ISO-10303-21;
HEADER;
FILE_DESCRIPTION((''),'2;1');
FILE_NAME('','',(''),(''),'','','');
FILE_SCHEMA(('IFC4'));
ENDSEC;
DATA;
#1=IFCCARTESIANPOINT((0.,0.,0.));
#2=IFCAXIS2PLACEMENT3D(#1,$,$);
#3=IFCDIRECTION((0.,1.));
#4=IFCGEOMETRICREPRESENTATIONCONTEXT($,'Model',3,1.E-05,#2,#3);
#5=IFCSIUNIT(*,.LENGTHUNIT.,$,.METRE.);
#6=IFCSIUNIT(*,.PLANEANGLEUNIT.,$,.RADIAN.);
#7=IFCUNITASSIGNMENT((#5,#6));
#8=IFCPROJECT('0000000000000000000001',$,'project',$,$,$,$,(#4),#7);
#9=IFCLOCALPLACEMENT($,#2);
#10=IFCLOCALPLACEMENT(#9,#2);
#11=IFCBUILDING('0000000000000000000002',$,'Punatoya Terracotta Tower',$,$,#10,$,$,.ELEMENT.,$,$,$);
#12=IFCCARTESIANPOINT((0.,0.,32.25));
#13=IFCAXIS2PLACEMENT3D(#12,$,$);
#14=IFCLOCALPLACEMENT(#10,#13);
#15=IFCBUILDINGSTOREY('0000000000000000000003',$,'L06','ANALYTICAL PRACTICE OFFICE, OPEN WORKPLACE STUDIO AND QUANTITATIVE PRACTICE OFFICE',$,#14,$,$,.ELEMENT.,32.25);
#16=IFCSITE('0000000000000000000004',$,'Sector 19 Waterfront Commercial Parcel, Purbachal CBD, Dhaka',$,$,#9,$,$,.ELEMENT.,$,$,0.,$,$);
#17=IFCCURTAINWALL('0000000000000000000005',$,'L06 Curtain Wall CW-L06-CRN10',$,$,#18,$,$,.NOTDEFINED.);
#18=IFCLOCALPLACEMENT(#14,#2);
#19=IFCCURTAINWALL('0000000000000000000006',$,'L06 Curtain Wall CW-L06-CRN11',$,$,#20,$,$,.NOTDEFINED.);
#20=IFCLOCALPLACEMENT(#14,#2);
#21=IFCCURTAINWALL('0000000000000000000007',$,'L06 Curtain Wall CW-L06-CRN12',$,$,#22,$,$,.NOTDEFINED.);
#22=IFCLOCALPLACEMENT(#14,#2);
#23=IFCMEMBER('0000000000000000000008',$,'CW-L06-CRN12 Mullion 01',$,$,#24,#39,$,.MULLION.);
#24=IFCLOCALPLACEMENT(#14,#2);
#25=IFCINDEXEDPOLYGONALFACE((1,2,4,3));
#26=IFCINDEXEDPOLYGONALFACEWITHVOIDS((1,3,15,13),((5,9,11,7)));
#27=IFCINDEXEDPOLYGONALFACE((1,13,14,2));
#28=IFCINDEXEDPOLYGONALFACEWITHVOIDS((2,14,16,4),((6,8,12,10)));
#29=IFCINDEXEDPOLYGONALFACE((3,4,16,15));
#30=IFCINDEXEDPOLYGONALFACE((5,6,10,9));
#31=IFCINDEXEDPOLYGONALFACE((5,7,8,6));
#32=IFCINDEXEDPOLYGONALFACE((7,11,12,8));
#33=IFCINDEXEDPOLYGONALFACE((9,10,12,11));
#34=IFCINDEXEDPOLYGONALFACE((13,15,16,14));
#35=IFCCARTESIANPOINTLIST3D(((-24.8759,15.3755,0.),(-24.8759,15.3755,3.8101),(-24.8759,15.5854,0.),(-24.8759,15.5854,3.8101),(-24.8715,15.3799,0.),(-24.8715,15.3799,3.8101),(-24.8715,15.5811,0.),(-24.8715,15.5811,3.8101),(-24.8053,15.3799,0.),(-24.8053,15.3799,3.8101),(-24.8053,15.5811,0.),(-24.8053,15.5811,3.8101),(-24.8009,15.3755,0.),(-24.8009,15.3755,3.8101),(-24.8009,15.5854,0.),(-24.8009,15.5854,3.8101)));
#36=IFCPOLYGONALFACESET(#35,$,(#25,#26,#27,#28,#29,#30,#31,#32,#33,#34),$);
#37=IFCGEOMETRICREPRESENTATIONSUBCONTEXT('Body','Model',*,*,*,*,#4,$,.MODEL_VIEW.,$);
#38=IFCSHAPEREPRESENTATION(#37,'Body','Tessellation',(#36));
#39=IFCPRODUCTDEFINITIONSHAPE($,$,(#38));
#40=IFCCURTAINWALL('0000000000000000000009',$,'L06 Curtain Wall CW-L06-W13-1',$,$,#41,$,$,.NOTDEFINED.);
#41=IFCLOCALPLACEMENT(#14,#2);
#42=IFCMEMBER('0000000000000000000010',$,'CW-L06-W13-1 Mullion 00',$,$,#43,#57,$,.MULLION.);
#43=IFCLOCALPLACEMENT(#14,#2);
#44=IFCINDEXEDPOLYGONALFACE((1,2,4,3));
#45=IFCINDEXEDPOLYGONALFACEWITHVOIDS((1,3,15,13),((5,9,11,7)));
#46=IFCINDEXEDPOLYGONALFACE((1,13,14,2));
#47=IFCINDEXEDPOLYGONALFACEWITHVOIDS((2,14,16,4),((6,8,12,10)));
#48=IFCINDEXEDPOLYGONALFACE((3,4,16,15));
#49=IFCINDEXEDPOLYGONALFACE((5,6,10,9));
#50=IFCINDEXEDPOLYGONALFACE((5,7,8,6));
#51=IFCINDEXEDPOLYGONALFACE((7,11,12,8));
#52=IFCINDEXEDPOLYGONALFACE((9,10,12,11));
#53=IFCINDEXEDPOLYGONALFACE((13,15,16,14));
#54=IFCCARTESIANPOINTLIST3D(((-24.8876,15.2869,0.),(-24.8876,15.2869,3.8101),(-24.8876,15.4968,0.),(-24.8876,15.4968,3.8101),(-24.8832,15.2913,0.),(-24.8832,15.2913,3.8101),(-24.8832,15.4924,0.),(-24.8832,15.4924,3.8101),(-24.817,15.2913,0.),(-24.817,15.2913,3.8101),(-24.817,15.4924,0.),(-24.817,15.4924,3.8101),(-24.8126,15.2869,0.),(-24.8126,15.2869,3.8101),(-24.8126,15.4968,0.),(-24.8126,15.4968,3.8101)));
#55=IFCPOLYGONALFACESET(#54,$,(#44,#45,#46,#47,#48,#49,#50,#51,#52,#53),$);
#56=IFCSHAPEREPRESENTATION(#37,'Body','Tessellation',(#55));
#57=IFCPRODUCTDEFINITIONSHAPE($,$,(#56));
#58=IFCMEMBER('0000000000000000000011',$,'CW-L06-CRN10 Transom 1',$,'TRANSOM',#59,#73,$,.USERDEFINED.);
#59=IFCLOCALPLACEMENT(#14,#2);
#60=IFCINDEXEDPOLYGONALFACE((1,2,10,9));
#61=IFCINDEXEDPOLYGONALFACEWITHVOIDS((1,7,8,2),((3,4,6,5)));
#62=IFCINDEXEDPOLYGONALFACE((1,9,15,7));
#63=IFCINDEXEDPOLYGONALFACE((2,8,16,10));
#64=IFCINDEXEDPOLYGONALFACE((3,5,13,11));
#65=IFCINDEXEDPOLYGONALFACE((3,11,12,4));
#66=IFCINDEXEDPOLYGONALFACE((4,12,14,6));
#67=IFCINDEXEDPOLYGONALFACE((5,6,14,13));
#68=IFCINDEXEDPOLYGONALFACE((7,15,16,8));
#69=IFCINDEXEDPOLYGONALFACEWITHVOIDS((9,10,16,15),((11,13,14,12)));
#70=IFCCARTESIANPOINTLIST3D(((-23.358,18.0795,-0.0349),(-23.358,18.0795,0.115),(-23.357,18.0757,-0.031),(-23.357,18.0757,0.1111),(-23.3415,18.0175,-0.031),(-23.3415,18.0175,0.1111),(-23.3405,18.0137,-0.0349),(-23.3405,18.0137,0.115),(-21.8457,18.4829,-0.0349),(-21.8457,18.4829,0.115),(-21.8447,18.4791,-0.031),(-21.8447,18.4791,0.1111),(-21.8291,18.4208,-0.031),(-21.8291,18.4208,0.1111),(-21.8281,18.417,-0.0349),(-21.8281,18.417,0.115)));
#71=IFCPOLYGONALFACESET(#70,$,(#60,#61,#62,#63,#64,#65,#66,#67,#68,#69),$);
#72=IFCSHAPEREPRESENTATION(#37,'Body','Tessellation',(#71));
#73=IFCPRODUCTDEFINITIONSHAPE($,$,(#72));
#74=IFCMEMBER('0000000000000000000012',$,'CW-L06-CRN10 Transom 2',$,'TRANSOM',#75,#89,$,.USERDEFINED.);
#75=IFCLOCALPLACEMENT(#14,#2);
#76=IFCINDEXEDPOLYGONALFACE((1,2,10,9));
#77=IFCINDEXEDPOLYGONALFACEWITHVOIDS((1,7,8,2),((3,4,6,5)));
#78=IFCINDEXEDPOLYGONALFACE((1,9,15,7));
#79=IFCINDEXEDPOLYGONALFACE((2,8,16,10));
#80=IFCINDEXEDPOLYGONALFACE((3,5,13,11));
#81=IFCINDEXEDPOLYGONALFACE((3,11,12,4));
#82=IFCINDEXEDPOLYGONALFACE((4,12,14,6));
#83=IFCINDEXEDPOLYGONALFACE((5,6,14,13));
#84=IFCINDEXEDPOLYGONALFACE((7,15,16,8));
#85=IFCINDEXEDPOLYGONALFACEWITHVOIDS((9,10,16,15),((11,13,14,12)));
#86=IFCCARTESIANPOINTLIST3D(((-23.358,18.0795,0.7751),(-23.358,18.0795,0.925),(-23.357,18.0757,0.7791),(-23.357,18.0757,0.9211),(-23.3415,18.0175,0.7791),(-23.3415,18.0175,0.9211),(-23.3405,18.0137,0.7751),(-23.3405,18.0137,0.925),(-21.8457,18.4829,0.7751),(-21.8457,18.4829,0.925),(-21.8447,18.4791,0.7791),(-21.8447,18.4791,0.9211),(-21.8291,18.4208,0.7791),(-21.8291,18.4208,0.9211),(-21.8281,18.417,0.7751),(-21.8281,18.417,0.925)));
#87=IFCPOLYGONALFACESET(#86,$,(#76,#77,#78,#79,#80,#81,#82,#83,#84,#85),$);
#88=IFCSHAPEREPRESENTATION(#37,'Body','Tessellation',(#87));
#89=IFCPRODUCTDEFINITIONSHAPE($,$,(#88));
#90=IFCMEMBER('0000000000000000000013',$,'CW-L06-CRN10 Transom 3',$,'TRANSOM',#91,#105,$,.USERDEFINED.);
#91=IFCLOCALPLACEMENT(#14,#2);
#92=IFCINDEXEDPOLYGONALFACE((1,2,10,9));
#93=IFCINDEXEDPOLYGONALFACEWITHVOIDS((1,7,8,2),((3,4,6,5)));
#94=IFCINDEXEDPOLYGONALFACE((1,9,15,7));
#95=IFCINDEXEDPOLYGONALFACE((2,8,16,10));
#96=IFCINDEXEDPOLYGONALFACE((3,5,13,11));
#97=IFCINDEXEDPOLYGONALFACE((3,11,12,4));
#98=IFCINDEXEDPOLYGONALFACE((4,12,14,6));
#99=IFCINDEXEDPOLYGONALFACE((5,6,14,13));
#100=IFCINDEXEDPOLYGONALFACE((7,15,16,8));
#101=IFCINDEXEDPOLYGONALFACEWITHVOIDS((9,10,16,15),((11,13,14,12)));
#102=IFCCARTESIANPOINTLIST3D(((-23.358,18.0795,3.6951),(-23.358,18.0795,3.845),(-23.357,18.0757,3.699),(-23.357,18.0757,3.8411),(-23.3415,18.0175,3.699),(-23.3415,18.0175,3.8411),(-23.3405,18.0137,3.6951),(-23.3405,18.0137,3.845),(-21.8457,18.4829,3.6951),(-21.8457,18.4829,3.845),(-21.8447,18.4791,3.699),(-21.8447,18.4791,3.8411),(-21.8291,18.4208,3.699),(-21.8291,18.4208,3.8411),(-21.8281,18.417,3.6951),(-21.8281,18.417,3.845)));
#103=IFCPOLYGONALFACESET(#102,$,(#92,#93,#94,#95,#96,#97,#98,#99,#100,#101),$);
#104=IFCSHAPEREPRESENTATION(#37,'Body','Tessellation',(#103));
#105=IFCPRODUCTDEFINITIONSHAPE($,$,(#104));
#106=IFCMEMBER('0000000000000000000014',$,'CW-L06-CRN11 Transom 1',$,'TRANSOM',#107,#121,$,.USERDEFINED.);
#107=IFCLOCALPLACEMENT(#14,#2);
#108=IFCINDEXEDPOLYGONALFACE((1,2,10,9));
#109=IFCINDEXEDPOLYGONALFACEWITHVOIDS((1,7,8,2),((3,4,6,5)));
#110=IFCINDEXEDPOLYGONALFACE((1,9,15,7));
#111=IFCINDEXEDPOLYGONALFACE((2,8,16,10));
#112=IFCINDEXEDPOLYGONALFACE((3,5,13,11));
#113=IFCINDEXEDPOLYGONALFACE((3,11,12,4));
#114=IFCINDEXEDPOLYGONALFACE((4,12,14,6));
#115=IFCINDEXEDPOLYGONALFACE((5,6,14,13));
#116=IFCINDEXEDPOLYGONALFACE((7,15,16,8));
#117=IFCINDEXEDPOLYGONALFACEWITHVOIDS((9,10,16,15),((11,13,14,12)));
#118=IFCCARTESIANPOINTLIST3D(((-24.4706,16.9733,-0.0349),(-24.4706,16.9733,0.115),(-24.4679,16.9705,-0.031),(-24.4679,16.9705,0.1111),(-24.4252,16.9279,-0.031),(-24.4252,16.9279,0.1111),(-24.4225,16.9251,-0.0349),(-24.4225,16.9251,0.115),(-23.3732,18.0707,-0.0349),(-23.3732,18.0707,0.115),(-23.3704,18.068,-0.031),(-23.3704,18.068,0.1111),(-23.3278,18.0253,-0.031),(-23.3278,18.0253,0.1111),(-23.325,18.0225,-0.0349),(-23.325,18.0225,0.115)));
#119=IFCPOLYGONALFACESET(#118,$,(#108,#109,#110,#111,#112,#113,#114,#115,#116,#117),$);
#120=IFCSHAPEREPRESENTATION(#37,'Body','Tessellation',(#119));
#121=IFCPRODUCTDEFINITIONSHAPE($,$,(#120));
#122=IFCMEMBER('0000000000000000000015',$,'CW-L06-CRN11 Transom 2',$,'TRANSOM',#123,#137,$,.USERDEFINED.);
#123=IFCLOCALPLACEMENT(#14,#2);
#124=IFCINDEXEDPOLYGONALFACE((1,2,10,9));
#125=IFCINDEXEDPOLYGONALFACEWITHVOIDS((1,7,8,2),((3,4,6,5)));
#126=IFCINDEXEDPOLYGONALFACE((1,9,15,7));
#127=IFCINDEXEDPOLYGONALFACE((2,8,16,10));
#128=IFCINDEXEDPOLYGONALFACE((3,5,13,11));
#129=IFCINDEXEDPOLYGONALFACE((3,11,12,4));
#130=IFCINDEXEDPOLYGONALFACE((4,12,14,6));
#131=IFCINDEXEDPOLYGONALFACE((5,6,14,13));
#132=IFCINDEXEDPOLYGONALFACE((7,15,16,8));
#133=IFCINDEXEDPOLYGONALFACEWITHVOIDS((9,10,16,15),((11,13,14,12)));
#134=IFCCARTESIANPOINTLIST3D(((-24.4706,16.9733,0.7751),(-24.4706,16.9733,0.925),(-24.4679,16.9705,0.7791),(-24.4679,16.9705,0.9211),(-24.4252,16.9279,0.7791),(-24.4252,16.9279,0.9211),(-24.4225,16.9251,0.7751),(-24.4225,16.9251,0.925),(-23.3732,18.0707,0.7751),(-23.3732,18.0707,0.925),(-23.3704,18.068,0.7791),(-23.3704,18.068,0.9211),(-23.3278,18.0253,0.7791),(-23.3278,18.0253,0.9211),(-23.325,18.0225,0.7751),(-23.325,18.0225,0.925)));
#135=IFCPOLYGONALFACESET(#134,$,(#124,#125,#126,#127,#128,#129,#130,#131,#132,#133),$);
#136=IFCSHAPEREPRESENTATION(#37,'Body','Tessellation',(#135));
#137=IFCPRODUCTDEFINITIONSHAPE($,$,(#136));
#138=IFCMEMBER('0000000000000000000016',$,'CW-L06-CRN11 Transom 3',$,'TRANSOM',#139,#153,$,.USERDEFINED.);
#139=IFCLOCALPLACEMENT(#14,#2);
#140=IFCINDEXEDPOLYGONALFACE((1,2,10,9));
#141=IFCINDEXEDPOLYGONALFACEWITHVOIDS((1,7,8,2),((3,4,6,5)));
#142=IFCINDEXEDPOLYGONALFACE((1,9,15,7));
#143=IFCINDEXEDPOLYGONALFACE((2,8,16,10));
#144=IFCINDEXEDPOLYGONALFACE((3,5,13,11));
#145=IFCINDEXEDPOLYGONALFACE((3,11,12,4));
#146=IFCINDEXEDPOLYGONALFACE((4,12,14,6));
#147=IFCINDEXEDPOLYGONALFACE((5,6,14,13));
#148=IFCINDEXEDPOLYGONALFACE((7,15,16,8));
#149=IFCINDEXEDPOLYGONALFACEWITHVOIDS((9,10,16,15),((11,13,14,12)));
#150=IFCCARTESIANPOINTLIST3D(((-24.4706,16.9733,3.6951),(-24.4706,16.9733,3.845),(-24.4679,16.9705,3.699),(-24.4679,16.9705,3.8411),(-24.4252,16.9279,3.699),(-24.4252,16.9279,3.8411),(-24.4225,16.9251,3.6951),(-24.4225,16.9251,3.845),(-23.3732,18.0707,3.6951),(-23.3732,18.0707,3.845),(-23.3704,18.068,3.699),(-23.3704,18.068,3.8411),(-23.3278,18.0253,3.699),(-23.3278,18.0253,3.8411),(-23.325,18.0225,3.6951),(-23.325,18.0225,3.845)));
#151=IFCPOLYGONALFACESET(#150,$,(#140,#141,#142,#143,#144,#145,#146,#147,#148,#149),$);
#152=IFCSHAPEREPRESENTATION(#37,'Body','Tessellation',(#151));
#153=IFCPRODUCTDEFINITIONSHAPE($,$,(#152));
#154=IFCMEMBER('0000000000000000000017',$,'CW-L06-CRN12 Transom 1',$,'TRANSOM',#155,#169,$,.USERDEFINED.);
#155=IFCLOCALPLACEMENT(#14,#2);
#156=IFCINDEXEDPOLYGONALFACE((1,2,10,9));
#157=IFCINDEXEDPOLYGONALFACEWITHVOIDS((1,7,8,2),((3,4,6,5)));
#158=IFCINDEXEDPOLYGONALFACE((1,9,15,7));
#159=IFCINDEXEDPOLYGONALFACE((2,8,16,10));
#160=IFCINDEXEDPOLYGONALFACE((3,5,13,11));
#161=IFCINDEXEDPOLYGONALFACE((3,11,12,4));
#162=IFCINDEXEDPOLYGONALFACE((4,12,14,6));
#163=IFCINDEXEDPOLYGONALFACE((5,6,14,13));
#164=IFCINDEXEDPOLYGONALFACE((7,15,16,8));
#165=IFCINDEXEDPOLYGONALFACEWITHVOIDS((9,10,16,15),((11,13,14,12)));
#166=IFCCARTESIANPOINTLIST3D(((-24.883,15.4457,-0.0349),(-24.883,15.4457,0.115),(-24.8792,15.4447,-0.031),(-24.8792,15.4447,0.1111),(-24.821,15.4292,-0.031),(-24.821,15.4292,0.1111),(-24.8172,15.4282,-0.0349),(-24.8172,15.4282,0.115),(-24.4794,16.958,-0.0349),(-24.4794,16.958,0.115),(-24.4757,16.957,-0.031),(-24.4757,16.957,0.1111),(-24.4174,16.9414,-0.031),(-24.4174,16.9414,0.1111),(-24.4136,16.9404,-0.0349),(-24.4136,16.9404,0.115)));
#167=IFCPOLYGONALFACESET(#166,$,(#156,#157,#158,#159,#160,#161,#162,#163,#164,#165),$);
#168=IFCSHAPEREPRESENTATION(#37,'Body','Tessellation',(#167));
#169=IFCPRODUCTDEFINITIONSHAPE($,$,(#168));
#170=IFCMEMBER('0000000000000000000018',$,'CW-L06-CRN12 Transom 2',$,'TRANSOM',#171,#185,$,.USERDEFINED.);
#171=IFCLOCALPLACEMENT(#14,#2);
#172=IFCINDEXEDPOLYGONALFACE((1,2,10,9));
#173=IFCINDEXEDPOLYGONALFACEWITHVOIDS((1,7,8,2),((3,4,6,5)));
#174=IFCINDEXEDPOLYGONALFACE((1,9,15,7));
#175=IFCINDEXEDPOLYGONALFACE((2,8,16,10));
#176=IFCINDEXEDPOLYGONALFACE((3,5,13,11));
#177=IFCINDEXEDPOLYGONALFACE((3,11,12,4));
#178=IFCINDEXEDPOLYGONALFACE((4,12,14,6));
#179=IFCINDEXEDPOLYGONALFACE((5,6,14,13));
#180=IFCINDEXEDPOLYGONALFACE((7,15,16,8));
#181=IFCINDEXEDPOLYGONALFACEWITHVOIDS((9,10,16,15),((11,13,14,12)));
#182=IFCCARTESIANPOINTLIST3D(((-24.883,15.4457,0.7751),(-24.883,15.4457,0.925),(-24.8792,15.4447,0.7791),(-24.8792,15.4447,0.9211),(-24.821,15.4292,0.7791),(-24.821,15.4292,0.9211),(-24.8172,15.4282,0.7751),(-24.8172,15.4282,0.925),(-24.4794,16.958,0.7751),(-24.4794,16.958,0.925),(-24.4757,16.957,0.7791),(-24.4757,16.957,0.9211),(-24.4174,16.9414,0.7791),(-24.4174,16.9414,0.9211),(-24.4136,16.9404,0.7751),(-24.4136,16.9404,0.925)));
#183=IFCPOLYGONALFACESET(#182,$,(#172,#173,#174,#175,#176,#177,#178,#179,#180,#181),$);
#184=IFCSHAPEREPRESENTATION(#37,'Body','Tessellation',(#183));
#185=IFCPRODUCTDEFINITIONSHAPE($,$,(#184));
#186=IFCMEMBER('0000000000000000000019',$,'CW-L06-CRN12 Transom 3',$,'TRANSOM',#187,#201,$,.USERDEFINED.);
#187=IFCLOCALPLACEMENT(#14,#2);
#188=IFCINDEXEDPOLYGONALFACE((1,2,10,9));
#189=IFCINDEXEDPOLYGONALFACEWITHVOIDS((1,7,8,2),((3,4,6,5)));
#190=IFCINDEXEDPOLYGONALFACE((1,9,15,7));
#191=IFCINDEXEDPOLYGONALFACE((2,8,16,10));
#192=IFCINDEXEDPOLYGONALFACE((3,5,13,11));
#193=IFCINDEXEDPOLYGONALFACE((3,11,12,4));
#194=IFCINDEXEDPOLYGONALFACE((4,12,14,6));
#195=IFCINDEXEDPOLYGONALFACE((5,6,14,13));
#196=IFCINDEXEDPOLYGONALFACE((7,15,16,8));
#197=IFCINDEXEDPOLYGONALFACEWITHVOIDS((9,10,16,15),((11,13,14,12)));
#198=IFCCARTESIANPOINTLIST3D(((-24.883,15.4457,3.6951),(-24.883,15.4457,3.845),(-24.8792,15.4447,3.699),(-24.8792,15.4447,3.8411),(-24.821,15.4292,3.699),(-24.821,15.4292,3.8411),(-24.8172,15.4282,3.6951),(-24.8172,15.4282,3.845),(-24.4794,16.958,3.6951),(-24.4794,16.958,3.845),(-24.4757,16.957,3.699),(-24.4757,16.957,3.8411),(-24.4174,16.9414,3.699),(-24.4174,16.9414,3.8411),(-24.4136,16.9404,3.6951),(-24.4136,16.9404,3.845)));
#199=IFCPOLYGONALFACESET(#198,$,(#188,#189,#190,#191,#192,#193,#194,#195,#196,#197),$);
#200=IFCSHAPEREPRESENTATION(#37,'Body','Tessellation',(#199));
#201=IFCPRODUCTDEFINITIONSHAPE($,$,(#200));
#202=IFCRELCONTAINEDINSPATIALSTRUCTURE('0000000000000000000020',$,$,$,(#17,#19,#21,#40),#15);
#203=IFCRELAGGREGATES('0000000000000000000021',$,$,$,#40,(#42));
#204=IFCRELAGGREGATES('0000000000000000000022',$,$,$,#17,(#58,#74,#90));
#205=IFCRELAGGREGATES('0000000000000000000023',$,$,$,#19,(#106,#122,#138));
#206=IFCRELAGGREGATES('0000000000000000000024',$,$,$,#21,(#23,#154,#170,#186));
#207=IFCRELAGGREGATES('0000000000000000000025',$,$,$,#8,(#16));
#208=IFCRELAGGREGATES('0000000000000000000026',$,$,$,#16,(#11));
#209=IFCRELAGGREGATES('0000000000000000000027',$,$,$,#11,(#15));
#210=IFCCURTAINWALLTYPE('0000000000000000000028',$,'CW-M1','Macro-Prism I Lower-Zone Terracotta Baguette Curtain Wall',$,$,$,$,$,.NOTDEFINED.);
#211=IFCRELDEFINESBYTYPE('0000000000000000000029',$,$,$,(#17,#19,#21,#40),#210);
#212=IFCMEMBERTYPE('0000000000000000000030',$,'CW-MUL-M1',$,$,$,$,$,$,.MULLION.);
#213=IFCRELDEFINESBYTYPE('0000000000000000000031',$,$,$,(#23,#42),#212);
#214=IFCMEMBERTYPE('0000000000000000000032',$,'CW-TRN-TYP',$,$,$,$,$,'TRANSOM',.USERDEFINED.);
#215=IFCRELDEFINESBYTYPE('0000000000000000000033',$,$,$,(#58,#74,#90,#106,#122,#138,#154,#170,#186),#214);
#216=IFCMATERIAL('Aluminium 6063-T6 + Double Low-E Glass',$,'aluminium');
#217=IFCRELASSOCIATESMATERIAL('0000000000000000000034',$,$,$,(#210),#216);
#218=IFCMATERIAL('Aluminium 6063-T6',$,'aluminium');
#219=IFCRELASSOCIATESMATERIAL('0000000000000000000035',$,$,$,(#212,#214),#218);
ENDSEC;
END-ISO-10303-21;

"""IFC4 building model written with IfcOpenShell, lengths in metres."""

from ifc_helpers import new_model, si_unit, direction, frame, origin, origin_2d, place, context, subcontext, project, spatial, hollow_rectangle, extrude, material, material_profile, profile_set, type_object, element, aggregate, save


model = new_model("IFC4")

# Units and contexts
model_context = context("Model", 3, precision=1e-05, world=origin(), true_north=direction((0.0, 1.0)))
body_context = subcontext(model_context, "Body", "Model", "MODEL_VIEW")
ifc_project = project(units=[si_unit("LENGTHUNIT", "METRE"), si_unit("PLANEANGLEUNIT", "RADIAN")], contexts=[model_context])

# Site, building, storey
site_placement = place(None, origin())
site = spatial("IfcSite", under=ifc_project, at=site_placement, Name="Sector 19 Waterfront Commercial Parcel, Purbachal CBD, Dhaka", CompositionType="ELEMENT", RefElevation=0.0)
building_placement = place(site_placement, origin())
building = spatial("IfcBuilding", under=site, at=building_placement, Name="Punatoya Terracotta Tower", CompositionType="ELEMENT")
storey_placement = place(building_placement, frame((0.0, 0.0, 32.25)))
storey = spatial("IfcBuildingStorey", under=building, at=storey_placement, Name="L06", Description="ANALYTICAL PRACTICE OFFICE, OPEN WORKPLACE STUDIO AND QUANTITATIVE PRACTICE OFFICE", CompositionType="ELEMENT", Elevation=32.25)

# Curtain walls, member
ifc_material_1 = material(Name="Aluminium 6063-T6 + Double Low-E Glass", Category="aluminium")
curtain_wall_type = type_object("IfcCurtainWallType", Name="CW-M1", Description="Macro-Prism I Lower-Zone Terracotta Baguette Curtain Wall", PredefinedType="NOTDEFINED", material=ifc_material_1)
curtain_wall_1_placement = place(storey_placement, origin())
curtain_wall_1 = element("IfcCurtainWall", 1, at=curtain_wall_1_placement, inside=storey, type_object=curtain_wall_type, Name="L06 Curtain Wall CW-L06-CRN10", PredefinedType="NOTDEFINED")
ifc_material_2 = material(Name="Aluminium 6063-T6", Category="aluminium")
ifc_material_profile_1 = material_profile(ifc_material_2, hollow_rectangle(XDim=0.075, YDim=0.21, WallThickness=0.0044, at=origin_2d()))
ifc_profile_set_1 = profile_set([ifc_material_profile_1], Name="Aluminium 6063-T6")
member_type_1 = type_object("IfcMemberType", Name="CW-MUL-M1", PredefinedType="MULLION", material=ifc_profile_set_1)
curtain_wall_2_placement = place(storey_placement, origin())
curtain_wall_2 = element("IfcCurtainWall", 2, at=curtain_wall_2_placement, inside=storey, type_object=curtain_wall_type, Name="L06 Curtain Wall CW-L06-CRN11", PredefinedType="NOTDEFINED")
curtain_wall_3_placement = place(storey_placement, origin())
curtain_wall_3 = element("IfcCurtainWall", 3, at=curtain_wall_3_placement, inside=storey, type_object=curtain_wall_type, Name="L06 Curtain Wall CW-L06-CRN12", PredefinedType="NOTDEFINED")
member_1_placement = place(storey_placement, frame((-24.8384, 15.4805, 0.0), z_axis=(0.0, 0.0, 1.0), x_axis=(1.0, 0.0, 0.0)))
member_1 = element("IfcMember", 4, at=member_1_placement, type_object=member_type_1, Name="CW-L06-CRN12 Mullion 01", PredefinedType="MULLION", context=body_context, shape_type="SweptSolid", body=[
    extrude(hollow_rectangle(XDim=0.075, YDim=0.21, WallThickness=0.0044, at=origin_2d()), origin(), (0.0, 0.0, 1.0), 3.8101),
])

# Curtain wall, member
curtain_wall_4_placement = place(storey_placement, origin())
curtain_wall_4 = element("IfcCurtainWall", 5, at=curtain_wall_4_placement, inside=storey, type_object=curtain_wall_type, Name="L06 Curtain Wall CW-L06-W13-1", PredefinedType="NOTDEFINED")
member_2_placement = place(storey_placement, frame((-24.8501, 15.3918, 0.0), z_axis=(0.0, 0.0, 1.0), x_axis=(1.0, 0.0, 0.0)))
member_2 = element("IfcMember", 6, at=member_2_placement, type_object=member_type_1, Name="CW-L06-W13-1 Mullion 00", PredefinedType="MULLION", context=body_context, shape_type="SweptSolid", body=[
    extrude(hollow_rectangle(XDim=0.075, YDim=0.21, WallThickness=0.0044, at=origin_2d()), origin(), (0.0, 0.0, 1.0), 3.8101),
])

# Members
ifc_material_profile_2 = material_profile(ifc_material_2, hollow_rectangle(XDim=0.0681, YDim=0.1499, WallThickness=0.0039, at=origin_2d()))
ifc_profile_set_2 = profile_set([ifc_material_profile_2], Name="Aluminium 6063-T6")
member_type_2 = type_object("IfcMemberType", Name="CW-TRN-TYP", ElementType="TRANSOM", PredefinedType="USERDEFINED", material=ifc_profile_set_2)
member_3_placement = place(storey_placement, frame((-21.8369, 18.45, 0.04), z_axis=(-0.966225, -0.257701, 0.0), x_axis=(0.257701, -0.966225, 0.0)))
member_3 = element("IfcMember", 7, at=member_3_placement, type_object=member_type_2, Name="CW-L06-CRN10 Transom 1", ObjectType="TRANSOM", PredefinedType="USERDEFINED", context=body_context, shape_type="SweptSolid", body=[
    extrude(hollow_rectangle(XDim=0.0681, YDim=0.1499, WallThickness=0.0039, at=origin_2d()), origin(), (0.0, 0.0, 1.0), 1.5652),
])
member_4_placement = place(storey_placement, frame((-21.8369, 18.45, 0.8501), z_axis=(-0.966225, -0.257701, 0.0), x_axis=(0.257701, -0.966225, 0.0)))
member_4 = element("IfcMember", 8, at=member_4_placement, type_object=member_type_2, Name="CW-L06-CRN10 Transom 2", ObjectType="TRANSOM", PredefinedType="USERDEFINED", context=body_context, shape_type="SweptSolid", body=[
    extrude(hollow_rectangle(XDim=0.0681, YDim=0.1499, WallThickness=0.0039, at=origin_2d()), origin(), (0.0, 0.0, 1.0), 1.5652),
])
member_5_placement = place(storey_placement, frame((-21.8369, 18.45, 3.77), z_axis=(-0.966225, -0.257701, 0.0), x_axis=(0.257701, -0.966225, 0.0)))
member_5 = element("IfcMember", 9, at=member_5_placement, type_object=member_type_2, Name="CW-L06-CRN10 Transom 3", ObjectType="TRANSOM", PredefinedType="USERDEFINED", context=body_context, shape_type="SweptSolid", body=[
    extrude(hollow_rectangle(XDim=0.0681, YDim=0.1499, WallThickness=0.0039, at=origin_2d()), origin(), (0.0, 0.0, 1.0), 1.5652),
])
member_6_placement = place(storey_placement, frame((-23.3491, 18.0466, 0.04), z_axis=(-0.707107, -0.707107, 0.0), x_axis=(0.707107, -0.707107, 0.0)))
member_6 = element("IfcMember", 10, at=member_6_placement, type_object=member_type_2, Name="CW-L06-CRN11 Transom 1", ObjectType="TRANSOM", PredefinedType="USERDEFINED", context=body_context, shape_type="SweptSolid", body=[
    extrude(hollow_rectangle(XDim=0.0681, YDim=0.1499, WallThickness=0.0039, at=origin_2d()), origin(), (0.0, 0.0, 1.0), 1.552),
])
member_7_placement = place(storey_placement, frame((-23.3491, 18.0466, 0.8501), z_axis=(-0.707107, -0.707107, 0.0), x_axis=(0.707107, -0.707107, 0.0)))
member_7 = element("IfcMember", 11, at=member_7_placement, type_object=member_type_2, Name="CW-L06-CRN11 Transom 2", ObjectType="TRANSOM", PredefinedType="USERDEFINED", context=body_context, shape_type="SweptSolid", body=[
    extrude(hollow_rectangle(XDim=0.0681, YDim=0.1499, WallThickness=0.0039, at=origin_2d()), origin(), (0.0, 0.0, 1.0), 1.552),
])
member_8_placement = place(storey_placement, frame((-23.3491, 18.0466, 3.77), z_axis=(-0.707107, -0.707107, 0.0), x_axis=(0.707107, -0.707107, 0.0)))
member_8 = element("IfcMember", 12, at=member_8_placement, type_object=member_type_2, Name="CW-L06-CRN11 Transom 3", ObjectType="TRANSOM", PredefinedType="USERDEFINED", context=body_context, shape_type="SweptSolid", body=[
    extrude(hollow_rectangle(XDim=0.0681, YDim=0.1499, WallThickness=0.0039, at=origin_2d()), origin(), (0.0, 0.0, 1.0), 1.552),
])
member_9_placement = place(storey_placement, frame((-24.4465, 16.9492, 0.04), z_axis=(-0.257847, -0.966186, 0.0), x_axis=(0.966186, -0.257847, 0.0)))
member_9 = element("IfcMember", 13, at=member_9_placement, type_object=member_type_2, Name="CW-L06-CRN12 Transom 1", ObjectType="TRANSOM", PredefinedType="USERDEFINED", context=body_context, shape_type="SweptSolid", body=[
    extrude(hollow_rectangle(XDim=0.0681, YDim=0.1499, WallThickness=0.0039, at=origin_2d()), origin(), (0.0, 0.0, 1.0), 1.5652),
])
member_10_placement = place(storey_placement, frame((-24.4465, 16.9492, 0.8501), z_axis=(-0.257847, -0.966186, 0.0), x_axis=(0.966186, -0.257847, 0.0)))
member_10 = element("IfcMember", 14, at=member_10_placement, type_object=member_type_2, Name="CW-L06-CRN12 Transom 2", ObjectType="TRANSOM", PredefinedType="USERDEFINED", context=body_context, shape_type="SweptSolid", body=[
    extrude(hollow_rectangle(XDim=0.0681, YDim=0.1499, WallThickness=0.0039, at=origin_2d()), origin(), (0.0, 0.0, 1.0), 1.5652),
])
member_11_placement = place(storey_placement, frame((-24.4465, 16.9492, 3.77), z_axis=(-0.257847, -0.966186, 0.0), x_axis=(0.966186, -0.257847, 0.0)))
member_11 = element("IfcMember", 15, at=member_11_placement, type_object=member_type_2, Name="CW-L06-CRN12 Transom 3", ObjectType="TRANSOM", PredefinedType="USERDEFINED", context=body_context, shape_type="SweptSolid", body=[
    extrude(hollow_rectangle(XDim=0.0681, YDim=0.1499, WallThickness=0.0039, at=origin_2d()), origin(), (0.0, 0.0, 1.0), 1.5652),
])
aggregate(curtain_wall_4, [member_2])

aggregate(curtain_wall_1, [member_3, member_4, member_5])
aggregate(curtain_wall_2, [member_6, member_7, member_8])
aggregate(curtain_wall_3, [member_1, member_9, member_10, member_11])

save(model, "model.ifc")
